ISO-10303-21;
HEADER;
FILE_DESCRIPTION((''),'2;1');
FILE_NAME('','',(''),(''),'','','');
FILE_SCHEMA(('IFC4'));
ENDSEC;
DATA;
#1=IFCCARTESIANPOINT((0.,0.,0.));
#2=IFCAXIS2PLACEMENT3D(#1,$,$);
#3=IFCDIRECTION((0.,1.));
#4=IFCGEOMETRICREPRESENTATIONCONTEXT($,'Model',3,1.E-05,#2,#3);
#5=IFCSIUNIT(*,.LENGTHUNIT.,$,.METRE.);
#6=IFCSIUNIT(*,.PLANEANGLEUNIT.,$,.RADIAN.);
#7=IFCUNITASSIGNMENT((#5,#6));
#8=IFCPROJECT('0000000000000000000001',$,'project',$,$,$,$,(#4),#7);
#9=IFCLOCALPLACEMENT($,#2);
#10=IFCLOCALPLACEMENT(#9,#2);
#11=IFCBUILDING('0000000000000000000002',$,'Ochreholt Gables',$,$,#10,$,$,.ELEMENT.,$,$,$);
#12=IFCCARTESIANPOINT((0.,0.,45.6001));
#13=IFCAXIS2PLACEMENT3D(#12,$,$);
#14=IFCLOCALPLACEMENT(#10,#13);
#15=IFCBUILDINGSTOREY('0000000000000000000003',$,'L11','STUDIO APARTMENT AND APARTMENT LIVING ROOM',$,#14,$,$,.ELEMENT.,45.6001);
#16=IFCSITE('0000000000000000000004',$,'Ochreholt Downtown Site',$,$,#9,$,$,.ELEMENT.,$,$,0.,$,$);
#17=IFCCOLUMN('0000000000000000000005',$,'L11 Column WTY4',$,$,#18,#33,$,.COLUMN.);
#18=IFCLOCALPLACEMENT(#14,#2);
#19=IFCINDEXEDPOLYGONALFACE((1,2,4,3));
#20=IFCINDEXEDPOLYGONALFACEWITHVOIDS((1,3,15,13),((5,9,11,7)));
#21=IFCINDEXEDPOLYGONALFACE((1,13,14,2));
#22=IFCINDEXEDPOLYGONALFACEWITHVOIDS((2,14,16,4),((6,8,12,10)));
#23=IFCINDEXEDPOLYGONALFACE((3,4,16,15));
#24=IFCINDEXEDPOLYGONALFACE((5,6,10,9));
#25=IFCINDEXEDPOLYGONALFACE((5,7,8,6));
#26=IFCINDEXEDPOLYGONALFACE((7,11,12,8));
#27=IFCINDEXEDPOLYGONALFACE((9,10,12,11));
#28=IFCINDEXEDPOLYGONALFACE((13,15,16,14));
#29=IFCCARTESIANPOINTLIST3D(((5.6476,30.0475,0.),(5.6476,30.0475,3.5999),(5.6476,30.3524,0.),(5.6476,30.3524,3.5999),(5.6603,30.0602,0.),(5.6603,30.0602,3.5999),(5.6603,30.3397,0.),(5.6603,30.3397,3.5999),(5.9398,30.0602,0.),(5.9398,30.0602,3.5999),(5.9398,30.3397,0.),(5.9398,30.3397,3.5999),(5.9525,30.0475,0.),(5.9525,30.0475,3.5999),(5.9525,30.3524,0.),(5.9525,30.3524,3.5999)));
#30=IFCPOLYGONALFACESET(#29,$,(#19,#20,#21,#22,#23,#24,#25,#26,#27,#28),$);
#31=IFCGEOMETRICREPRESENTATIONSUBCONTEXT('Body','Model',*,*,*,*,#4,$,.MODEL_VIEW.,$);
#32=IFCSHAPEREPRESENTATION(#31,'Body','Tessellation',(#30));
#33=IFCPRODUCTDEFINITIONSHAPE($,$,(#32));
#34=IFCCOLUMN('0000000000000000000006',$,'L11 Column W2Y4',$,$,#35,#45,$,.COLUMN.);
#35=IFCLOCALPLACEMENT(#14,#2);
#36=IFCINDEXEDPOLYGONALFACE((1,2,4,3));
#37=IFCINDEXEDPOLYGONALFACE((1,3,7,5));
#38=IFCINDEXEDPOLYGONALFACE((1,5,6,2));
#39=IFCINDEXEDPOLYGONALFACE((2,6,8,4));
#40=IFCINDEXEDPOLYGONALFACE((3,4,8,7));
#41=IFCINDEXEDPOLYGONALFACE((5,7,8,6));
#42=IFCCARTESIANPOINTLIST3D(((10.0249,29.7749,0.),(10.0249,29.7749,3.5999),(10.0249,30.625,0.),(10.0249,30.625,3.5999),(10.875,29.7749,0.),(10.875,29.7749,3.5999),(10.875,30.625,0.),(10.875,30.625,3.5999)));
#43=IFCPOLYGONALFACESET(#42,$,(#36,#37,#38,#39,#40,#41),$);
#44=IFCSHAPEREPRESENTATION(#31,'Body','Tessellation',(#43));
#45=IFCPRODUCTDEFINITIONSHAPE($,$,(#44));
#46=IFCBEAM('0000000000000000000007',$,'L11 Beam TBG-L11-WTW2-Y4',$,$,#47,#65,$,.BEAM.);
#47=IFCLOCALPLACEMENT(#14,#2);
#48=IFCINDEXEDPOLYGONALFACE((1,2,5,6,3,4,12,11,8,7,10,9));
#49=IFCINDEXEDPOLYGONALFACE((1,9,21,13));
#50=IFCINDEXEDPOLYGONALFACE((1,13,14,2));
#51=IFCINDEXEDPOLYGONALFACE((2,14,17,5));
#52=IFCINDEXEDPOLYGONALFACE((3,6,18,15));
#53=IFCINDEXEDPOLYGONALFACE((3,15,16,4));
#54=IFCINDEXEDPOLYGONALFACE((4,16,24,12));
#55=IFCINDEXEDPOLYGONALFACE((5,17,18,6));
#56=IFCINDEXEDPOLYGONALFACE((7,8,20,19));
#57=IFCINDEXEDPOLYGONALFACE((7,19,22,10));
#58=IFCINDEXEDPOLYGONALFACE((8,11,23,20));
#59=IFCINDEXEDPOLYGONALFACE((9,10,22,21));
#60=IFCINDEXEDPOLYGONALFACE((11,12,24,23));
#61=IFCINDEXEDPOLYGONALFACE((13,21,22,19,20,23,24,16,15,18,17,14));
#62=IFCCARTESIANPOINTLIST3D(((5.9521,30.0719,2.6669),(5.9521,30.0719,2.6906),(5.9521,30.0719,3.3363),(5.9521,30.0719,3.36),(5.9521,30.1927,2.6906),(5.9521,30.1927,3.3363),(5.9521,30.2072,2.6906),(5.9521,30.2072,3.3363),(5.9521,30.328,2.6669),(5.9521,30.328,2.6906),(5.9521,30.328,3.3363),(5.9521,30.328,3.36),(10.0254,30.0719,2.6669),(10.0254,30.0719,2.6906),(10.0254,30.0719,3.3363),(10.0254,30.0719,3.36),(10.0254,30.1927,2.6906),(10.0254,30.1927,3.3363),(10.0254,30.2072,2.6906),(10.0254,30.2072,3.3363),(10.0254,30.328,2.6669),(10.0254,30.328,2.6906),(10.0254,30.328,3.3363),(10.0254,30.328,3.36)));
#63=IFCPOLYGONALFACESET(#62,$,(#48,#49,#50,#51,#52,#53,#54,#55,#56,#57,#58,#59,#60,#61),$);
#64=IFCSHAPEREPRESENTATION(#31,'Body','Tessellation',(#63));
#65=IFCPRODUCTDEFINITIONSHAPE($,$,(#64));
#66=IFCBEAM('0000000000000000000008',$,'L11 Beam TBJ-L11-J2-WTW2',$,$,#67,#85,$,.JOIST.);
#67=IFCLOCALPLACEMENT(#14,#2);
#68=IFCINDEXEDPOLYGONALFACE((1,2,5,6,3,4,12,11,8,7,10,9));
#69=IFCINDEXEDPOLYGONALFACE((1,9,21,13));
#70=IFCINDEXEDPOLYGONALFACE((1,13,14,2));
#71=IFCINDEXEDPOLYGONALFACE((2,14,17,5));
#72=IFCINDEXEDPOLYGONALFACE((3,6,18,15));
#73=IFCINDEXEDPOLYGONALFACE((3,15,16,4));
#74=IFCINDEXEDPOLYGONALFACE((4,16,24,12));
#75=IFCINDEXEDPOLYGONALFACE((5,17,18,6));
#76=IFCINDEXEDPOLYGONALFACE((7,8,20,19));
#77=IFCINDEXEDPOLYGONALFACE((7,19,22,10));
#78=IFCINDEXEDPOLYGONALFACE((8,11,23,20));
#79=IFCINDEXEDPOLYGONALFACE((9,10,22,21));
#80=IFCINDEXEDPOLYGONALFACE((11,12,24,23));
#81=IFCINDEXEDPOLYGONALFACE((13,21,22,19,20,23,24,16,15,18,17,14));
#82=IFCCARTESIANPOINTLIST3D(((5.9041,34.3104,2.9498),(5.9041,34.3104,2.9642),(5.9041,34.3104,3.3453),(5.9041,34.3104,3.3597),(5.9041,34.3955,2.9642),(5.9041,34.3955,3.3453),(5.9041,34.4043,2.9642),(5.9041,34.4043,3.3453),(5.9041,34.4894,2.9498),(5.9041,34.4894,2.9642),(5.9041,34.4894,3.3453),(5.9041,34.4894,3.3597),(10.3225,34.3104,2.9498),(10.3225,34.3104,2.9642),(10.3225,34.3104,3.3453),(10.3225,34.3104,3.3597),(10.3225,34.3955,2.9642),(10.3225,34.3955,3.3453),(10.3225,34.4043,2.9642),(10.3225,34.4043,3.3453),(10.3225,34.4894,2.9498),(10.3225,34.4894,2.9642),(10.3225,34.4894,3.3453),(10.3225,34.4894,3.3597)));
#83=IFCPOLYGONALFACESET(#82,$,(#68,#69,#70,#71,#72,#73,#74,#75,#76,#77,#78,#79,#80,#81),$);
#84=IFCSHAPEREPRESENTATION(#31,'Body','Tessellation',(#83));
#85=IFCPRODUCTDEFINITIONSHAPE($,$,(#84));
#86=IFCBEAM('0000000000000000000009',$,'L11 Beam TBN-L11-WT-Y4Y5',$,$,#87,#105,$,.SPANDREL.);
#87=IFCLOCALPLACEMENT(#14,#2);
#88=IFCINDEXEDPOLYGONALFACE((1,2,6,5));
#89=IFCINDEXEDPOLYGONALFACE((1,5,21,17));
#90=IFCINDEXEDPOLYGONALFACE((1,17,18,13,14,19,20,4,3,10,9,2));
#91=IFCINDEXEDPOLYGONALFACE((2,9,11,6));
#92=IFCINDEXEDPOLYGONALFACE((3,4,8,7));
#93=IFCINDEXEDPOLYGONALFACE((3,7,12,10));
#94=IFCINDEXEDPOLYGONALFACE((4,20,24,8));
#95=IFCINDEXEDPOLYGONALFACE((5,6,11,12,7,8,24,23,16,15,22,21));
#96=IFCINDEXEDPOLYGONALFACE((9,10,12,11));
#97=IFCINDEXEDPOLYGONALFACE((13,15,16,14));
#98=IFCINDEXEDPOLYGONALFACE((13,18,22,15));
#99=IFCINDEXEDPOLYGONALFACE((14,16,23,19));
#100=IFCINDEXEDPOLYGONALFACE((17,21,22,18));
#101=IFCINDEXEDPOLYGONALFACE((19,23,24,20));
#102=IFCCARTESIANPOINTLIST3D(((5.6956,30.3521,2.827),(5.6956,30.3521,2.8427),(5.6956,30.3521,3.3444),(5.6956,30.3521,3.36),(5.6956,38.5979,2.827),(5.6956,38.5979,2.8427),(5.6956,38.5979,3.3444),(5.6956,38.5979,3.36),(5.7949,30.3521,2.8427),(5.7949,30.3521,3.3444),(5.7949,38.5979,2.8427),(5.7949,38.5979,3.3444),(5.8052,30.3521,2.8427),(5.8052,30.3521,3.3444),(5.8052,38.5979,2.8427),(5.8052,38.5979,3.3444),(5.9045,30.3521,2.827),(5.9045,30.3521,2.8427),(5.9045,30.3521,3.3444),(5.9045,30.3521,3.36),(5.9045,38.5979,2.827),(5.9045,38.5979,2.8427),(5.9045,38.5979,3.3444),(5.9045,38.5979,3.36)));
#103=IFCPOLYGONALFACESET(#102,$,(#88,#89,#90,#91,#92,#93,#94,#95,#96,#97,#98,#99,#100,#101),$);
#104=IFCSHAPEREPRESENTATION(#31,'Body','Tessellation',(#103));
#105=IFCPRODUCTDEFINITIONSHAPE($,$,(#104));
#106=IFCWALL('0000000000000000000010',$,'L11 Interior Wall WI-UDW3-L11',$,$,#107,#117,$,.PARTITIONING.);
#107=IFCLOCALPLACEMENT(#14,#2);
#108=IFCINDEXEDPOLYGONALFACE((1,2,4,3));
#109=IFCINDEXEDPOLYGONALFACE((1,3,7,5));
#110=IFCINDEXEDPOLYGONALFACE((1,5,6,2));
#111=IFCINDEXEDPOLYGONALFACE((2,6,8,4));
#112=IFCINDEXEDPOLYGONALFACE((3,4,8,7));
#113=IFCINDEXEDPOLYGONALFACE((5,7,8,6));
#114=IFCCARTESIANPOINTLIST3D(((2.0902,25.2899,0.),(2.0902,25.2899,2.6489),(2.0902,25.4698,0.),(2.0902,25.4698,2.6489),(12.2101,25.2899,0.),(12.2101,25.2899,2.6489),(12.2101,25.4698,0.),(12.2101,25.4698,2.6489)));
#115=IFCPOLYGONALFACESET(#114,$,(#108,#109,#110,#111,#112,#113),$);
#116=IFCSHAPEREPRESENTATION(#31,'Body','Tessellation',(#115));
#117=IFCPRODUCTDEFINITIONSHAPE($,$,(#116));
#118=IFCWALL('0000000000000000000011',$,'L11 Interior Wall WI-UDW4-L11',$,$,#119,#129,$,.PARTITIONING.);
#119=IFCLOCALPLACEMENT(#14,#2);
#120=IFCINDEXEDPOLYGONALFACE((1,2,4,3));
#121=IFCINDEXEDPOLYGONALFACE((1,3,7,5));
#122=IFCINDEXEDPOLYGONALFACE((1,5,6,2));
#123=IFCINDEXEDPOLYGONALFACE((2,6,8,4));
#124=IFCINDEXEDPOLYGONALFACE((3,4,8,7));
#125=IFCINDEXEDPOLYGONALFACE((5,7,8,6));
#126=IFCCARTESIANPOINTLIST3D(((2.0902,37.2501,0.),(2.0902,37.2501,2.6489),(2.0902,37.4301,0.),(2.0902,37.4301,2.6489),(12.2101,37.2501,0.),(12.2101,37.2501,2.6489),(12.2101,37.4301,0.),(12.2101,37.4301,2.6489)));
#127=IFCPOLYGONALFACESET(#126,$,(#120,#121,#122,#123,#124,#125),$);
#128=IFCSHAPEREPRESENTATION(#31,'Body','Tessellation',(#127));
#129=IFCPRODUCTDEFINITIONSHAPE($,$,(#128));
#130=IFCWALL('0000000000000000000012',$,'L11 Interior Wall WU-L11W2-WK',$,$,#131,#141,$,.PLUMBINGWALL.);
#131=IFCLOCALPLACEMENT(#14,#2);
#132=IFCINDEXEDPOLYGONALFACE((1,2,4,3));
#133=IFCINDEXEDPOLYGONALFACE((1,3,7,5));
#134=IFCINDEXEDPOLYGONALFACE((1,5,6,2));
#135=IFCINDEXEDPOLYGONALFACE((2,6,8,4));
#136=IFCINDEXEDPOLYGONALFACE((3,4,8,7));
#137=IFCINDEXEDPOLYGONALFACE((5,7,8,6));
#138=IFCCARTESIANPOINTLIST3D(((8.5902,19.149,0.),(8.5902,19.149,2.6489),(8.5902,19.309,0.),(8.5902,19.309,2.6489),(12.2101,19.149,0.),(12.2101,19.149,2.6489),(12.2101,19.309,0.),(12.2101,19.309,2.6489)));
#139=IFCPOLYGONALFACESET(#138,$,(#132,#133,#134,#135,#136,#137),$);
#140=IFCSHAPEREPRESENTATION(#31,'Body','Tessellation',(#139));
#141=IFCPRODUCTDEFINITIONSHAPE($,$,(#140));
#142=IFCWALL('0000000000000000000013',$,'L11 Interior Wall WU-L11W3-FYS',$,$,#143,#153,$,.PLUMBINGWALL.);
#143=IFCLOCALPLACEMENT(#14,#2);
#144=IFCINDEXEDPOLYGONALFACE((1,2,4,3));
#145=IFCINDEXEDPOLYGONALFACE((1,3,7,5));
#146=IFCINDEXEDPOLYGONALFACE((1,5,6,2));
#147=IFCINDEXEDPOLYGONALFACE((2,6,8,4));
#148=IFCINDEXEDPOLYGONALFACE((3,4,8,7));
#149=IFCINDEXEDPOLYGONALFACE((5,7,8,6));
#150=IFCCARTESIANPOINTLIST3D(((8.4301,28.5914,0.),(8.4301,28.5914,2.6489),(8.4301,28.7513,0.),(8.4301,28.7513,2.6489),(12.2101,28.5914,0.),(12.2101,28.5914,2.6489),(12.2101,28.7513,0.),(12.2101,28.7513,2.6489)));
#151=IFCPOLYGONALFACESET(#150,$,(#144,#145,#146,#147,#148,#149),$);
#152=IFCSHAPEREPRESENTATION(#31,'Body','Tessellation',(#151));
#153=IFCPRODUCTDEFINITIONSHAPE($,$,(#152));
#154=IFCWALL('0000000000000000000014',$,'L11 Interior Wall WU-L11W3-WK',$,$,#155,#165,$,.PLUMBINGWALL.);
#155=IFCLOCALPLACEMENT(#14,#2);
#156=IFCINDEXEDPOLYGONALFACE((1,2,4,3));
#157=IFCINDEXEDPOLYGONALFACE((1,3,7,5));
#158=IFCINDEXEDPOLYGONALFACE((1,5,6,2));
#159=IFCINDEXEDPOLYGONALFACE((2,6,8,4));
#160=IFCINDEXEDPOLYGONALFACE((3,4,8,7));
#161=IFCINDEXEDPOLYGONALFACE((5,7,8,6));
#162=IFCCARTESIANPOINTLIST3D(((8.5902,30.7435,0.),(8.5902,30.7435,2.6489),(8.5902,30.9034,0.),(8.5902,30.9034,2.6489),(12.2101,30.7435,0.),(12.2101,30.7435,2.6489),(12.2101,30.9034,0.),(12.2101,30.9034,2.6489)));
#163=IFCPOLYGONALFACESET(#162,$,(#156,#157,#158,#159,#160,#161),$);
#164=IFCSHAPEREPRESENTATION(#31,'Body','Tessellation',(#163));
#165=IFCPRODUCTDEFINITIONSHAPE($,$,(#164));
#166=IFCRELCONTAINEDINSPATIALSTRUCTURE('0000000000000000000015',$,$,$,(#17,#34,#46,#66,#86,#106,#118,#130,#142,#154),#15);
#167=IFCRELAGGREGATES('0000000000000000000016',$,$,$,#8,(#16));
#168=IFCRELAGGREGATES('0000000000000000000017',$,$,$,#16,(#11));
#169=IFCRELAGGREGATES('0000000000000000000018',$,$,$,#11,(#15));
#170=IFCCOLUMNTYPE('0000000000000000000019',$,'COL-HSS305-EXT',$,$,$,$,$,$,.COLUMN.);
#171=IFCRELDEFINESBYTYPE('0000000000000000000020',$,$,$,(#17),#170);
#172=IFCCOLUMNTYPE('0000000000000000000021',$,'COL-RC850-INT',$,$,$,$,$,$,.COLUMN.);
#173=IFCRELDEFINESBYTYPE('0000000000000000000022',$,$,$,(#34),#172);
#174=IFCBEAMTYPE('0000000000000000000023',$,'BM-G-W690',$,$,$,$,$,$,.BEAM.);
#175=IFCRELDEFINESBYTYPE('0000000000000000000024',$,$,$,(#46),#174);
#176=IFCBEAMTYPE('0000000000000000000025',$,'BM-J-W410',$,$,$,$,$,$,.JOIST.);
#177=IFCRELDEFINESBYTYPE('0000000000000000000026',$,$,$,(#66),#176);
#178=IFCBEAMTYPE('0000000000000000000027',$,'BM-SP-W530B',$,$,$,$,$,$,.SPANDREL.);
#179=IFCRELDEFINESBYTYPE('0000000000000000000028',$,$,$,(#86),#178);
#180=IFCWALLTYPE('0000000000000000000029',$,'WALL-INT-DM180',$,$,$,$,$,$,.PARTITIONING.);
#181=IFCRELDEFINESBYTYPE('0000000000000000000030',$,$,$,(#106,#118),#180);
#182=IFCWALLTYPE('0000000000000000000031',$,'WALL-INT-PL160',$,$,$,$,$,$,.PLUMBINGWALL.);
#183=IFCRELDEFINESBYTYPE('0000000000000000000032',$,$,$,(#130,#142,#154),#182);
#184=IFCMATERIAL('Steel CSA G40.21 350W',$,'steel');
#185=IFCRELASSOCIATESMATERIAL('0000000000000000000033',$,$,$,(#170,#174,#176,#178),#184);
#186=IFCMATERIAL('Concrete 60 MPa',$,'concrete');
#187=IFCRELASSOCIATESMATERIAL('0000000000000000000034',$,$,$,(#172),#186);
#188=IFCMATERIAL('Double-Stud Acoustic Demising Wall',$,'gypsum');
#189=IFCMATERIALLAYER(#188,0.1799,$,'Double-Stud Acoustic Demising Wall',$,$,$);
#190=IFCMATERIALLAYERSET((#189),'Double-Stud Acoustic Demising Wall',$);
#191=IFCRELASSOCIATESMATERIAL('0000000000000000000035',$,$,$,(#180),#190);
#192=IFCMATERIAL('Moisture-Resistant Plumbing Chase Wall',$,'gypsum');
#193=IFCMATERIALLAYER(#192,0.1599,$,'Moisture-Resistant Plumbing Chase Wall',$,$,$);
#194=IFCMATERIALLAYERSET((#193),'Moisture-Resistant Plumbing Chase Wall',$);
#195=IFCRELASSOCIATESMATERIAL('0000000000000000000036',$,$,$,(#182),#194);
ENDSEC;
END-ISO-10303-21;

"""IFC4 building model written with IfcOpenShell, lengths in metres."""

from ifc_helpers import new_model, si_unit, direction, frame, frame_2d, origin, origin_2d, place, context, subcontext, project, spatial, rectangle, hollow_rectangle, i_section, extrude, material, layer, layer_set, material_profile, profile_set, type_object, element, save


model = new_model("IFC4")

# Units and contexts
model_context = context("Model", 3, precision=1e-05, world=origin(), true_north=direction((0.0, 1.0)))
body_context = subcontext(model_context, "Body", "Model", "MODEL_VIEW")
ifc_project = project(units=[si_unit("LENGTHUNIT", "METRE"), si_unit("PLANEANGLEUNIT", "RADIAN")], contexts=[model_context])

# Site, building, storey
site_placement = place(None, origin())
site = spatial("IfcSite", under=ifc_project, at=site_placement, Name="Ochreholt Downtown Site", CompositionType="ELEMENT", RefElevation=0.0)
building_placement = place(site_placement, origin())
building = spatial("IfcBuilding", under=site, at=building_placement, Name="Ochreholt Gables", CompositionType="ELEMENT")
storey_placement = place(building_placement, frame((0.0, 0.0, 45.6001)))
storey = spatial("IfcBuildingStorey", under=building, at=storey_placement, Name="L11", Description="STUDIO APARTMENT AND APARTMENT LIVING ROOM", CompositionType="ELEMENT", Elevation=45.6001)

# Columns
ifc_material_1 = material(Name="Steel CSA G40.21 350W", Category="steel")
ifc_material_profile_1 = material_profile(ifc_material_1, hollow_rectangle(XDim=0.3049, YDim=0.3049, WallThickness=0.0127, at=origin_2d()), Name="HSS305X305X13")
ifc_profile_set_1 = profile_set([ifc_material_profile_1], Name="Steel CSA G40.21 350W")
column_type_1 = type_object("IfcColumnType", Name="COL-HSS305-EXT", PredefinedType="COLUMN", material=ifc_profile_set_1)
column_1_placement = place(storey_placement, frame((5.8, 30.2, 0.0), z_axis=(0.0, 0.0, 1.0), x_axis=(1.0, 0.0, 0.0)))
element("IfcColumn", 1, at=column_1_placement, inside=storey, type_object=column_type_1, Name="L11 Column WTY4", PredefinedType="COLUMN", context=body_context, shape_type="SweptSolid", body=[
    extrude(hollow_rectangle(XDim=0.3049, YDim=0.3049, WallThickness=0.0127, at=origin_2d()), origin(), (0.0, 0.0, 1.0), 3.5999),
])
ifc_material_2 = material(Name="Concrete 60 MPa", Category="concrete")
ifc_material_profile_2 = material_profile(ifc_material_2, rectangle(XDim=0.8501, YDim=0.8501, at=origin_2d()), Name="RC850X850")
ifc_profile_set_2 = profile_set([ifc_material_profile_2], Name="Concrete 60 MPa")
column_type_2 = type_object("IfcColumnType", Name="COL-RC850-INT", PredefinedType="COLUMN", material=ifc_profile_set_2)
column_2_placement = place(storey_placement, frame((10.45, 30.2, 0.0), z_axis=(0.0, 0.0, 1.0), x_axis=(1.0, 0.0, 0.0)))
element("IfcColumn", 2, at=column_2_placement, inside=storey, type_object=column_type_2, Name="L11 Column W2Y4", PredefinedType="COLUMN", context=body_context, shape_type="SweptSolid", body=[
    extrude(rectangle(XDim=0.8501, YDim=0.8501, at=origin_2d()), origin(), (0.0, 0.0, 1.0), 3.5999),
])

# Beams
ifc_material_profile_3 = material_profile(ifc_material_1, i_section(OverallWidth=0.2561, OverallDepth=0.6931, WebThickness=0.0144, FlangeThickness=0.0237, at=origin_2d()), Name="W690X170")
ifc_profile_set_3 = profile_set([ifc_material_profile_3], Name="Steel CSA G40.21 350W")
beam_type_1 = type_object("IfcBeamType", Name="BM-G-W690", PredefinedType="BEAM", material=ifc_profile_set_3)
beam_1_placement = place(storey_placement, frame((5.9521, 30.2, 3.0134), z_axis=(1.0, 0.0, 0.0), x_axis=(0.0, 1.0, 0.0)))
element("IfcBeam", 3, at=beam_1_placement, inside=storey, type_object=beam_type_1, Name="L11 Beam TBG-L11-WTW2-Y4", PredefinedType="BEAM", context=body_context, shape_type="SweptSolid", body=[
    extrude(i_section(OverallWidth=0.2561, OverallDepth=0.6931, WebThickness=0.0144, FlangeThickness=0.0237, at=origin_2d()), origin(), (0.0, 0.0, 1.0), 4.0732),
])
ifc_material_profile_4 = material_profile(ifc_material_1, i_section(OverallWidth=0.179, OverallDepth=0.4099, WebThickness=0.0088, FlangeThickness=0.0144, at=origin_2d()), Name="W410X67")
ifc_profile_set_4 = profile_set([ifc_material_profile_4], Name="Steel CSA G40.21 350W")
beam_type_2 = type_object("IfcBeamType", Name="BM-J-W410", PredefinedType="JOIST", material=ifc_profile_set_4)
beam_2_placement = place(storey_placement, frame((5.9041, 34.3999, 3.1548), z_axis=(1.0, 0.0, 0.0), x_axis=(0.0, 1.0, 0.0)))
element("IfcBeam", 4, at=beam_2_placement, inside=storey, type_object=beam_type_2, Name="L11 Beam TBJ-L11-J2-WTW2", PredefinedType="JOIST", context=body_context, shape_type="SweptSolid", body=[
    extrude(i_section(OverallWidth=0.179, OverallDepth=0.4099, WebThickness=0.0088, FlangeThickness=0.0144, at=origin_2d()), origin(), (0.0, 0.0, 1.0), 4.4185),
])
ifc_material_profile_5 = material_profile(ifc_material_1, i_section(OverallWidth=0.209, OverallDepth=0.533, WebThickness=0.0103, FlangeThickness=0.0156, at=origin_2d()), Name="W530X92")
ifc_profile_set_5 = profile_set([ifc_material_profile_5], Name="Steel CSA G40.21 350W")
beam_type_3 = type_object("IfcBeamType", Name="BM-SP-W530B", PredefinedType="SPANDREL", material=ifc_profile_set_5)
beam_3_placement = place(storey_placement, frame((5.8, 30.3521, 3.0935), z_axis=(0.0, 1.0, 0.0), x_axis=(-1.0, 0.0, 0.0)))
element("IfcBeam", 5, at=beam_3_placement, inside=storey, type_object=beam_type_3, Name="L11 Beam TBN-L11-WT-Y4Y5", PredefinedType="SPANDREL", context=body_context, shape_type="SweptSolid", body=[
    extrude(i_section(OverallWidth=0.209, OverallDepth=0.533, WebThickness=0.0103, FlangeThickness=0.0156, at=origin_2d()), origin(), (0.0, 0.0, 1.0), 8.2458),
])

# Walls
ifc_material_3 = material(Name="Double-Stud Acoustic Demising Wall", Category="gypsum")
ifc_layer_1 = layer(ifc_material_3, 0.1799, Name="Double-Stud Acoustic Demising Wall")
ifc_layer_set_1 = layer_set([ifc_layer_1], Name="Double-Stud Acoustic Demising Wall")
wall_type_1 = type_object("IfcWallType", Name="WALL-INT-DM180", PredefinedType="PARTITIONING", material=ifc_layer_set_1)
for number, where, z_axis, x_axis, name in (
    (6, (2.0901, 25.3799, 0.0), (0.0, 0.0, 1.0), (1.0, 0.0, 0.0), "L11 Interior Wall WI-UDW3-L11"),
    (7, (2.0901, 37.3401, 0.0), (0.0, 0.0, 1.0), (1.0, 0.0, 0.0), "L11 Interior Wall WI-UDW4-L11"),
):
    element("IfcWall", number, at=place(storey_placement, frame(where, z_axis=z_axis, x_axis=x_axis)), inside=storey, type_object=wall_type_1, Name=name, PredefinedType="PARTITIONING", context=body_context, shape_type="SweptSolid", body=[
        extrude(rectangle(XDim=10.1199, YDim=0.1799, at=frame_2d((5.0601, 0.0))), origin(), (0.0, 0.0, 1.0), 2.6489),
    ])
ifc_material_4 = material(Name="Moisture-Resistant Plumbing Chase Wall", Category="gypsum")
ifc_layer_2 = layer(ifc_material_4, 0.1599, Name="Moisture-Resistant Plumbing Chase Wall")
ifc_layer_set_2 = layer_set([ifc_layer_2], Name="Moisture-Resistant Plumbing Chase Wall")
wall_type_2 = type_object("IfcWallType", Name="WALL-INT-PL160", PredefinedType="PLUMBINGWALL", material=ifc_layer_set_2)
wall_1_placement = place(storey_placement, frame((8.5901, 19.229, 0.0), z_axis=(0.0, 0.0, 1.0), x_axis=(1.0, 0.0, 0.0)))
element("IfcWall", 8, at=wall_1_placement, inside=storey, type_object=wall_type_2, Name="L11 Interior Wall WU-L11W2-WK", PredefinedType="PLUMBINGWALL", context=body_context, shape_type="SweptSolid", body=[
    extrude(rectangle(XDim=3.6199, YDim=0.1599, at=frame_2d((1.8101, 0.0))), origin(), (0.0, 0.0, 1.0), 2.6489),
])
wall_2_placement = place(storey_placement, frame((8.4299, 28.6714, 0.0), z_axis=(0.0, 0.0, 1.0), x_axis=(1.0, 0.0, 0.0)))
element("IfcWall", 9, at=wall_2_placement, inside=storey, type_object=wall_type_2, Name="L11 Interior Wall WU-L11W3-FYS", PredefinedType="PLUMBINGWALL", context=body_context, shape_type="SweptSolid", body=[
    extrude(rectangle(XDim=3.78, YDim=0.1599, at=frame_2d((1.8901, 0.0))), origin(), (0.0, 0.0, 1.0), 2.6489),
])

# Wall
wall_3_placement = place(storey_placement, frame((8.5901, 30.8235, 0.0), z_axis=(0.0, 0.0, 1.0), x_axis=(1.0, 0.0, 0.0)))
element("IfcWall", 10, at=wall_3_placement, inside=storey, type_object=wall_type_2, Name="L11 Interior Wall WU-L11W3-WK", PredefinedType="PLUMBINGWALL", context=body_context, shape_type="SweptSolid", body=[
    extrude(rectangle(XDim=3.6199, YDim=0.1599, at=frame_2d((1.8101, 0.0))), origin(), (0.0, 0.0, 1.0), 2.6489),
])

save(model, "model.ifc")
